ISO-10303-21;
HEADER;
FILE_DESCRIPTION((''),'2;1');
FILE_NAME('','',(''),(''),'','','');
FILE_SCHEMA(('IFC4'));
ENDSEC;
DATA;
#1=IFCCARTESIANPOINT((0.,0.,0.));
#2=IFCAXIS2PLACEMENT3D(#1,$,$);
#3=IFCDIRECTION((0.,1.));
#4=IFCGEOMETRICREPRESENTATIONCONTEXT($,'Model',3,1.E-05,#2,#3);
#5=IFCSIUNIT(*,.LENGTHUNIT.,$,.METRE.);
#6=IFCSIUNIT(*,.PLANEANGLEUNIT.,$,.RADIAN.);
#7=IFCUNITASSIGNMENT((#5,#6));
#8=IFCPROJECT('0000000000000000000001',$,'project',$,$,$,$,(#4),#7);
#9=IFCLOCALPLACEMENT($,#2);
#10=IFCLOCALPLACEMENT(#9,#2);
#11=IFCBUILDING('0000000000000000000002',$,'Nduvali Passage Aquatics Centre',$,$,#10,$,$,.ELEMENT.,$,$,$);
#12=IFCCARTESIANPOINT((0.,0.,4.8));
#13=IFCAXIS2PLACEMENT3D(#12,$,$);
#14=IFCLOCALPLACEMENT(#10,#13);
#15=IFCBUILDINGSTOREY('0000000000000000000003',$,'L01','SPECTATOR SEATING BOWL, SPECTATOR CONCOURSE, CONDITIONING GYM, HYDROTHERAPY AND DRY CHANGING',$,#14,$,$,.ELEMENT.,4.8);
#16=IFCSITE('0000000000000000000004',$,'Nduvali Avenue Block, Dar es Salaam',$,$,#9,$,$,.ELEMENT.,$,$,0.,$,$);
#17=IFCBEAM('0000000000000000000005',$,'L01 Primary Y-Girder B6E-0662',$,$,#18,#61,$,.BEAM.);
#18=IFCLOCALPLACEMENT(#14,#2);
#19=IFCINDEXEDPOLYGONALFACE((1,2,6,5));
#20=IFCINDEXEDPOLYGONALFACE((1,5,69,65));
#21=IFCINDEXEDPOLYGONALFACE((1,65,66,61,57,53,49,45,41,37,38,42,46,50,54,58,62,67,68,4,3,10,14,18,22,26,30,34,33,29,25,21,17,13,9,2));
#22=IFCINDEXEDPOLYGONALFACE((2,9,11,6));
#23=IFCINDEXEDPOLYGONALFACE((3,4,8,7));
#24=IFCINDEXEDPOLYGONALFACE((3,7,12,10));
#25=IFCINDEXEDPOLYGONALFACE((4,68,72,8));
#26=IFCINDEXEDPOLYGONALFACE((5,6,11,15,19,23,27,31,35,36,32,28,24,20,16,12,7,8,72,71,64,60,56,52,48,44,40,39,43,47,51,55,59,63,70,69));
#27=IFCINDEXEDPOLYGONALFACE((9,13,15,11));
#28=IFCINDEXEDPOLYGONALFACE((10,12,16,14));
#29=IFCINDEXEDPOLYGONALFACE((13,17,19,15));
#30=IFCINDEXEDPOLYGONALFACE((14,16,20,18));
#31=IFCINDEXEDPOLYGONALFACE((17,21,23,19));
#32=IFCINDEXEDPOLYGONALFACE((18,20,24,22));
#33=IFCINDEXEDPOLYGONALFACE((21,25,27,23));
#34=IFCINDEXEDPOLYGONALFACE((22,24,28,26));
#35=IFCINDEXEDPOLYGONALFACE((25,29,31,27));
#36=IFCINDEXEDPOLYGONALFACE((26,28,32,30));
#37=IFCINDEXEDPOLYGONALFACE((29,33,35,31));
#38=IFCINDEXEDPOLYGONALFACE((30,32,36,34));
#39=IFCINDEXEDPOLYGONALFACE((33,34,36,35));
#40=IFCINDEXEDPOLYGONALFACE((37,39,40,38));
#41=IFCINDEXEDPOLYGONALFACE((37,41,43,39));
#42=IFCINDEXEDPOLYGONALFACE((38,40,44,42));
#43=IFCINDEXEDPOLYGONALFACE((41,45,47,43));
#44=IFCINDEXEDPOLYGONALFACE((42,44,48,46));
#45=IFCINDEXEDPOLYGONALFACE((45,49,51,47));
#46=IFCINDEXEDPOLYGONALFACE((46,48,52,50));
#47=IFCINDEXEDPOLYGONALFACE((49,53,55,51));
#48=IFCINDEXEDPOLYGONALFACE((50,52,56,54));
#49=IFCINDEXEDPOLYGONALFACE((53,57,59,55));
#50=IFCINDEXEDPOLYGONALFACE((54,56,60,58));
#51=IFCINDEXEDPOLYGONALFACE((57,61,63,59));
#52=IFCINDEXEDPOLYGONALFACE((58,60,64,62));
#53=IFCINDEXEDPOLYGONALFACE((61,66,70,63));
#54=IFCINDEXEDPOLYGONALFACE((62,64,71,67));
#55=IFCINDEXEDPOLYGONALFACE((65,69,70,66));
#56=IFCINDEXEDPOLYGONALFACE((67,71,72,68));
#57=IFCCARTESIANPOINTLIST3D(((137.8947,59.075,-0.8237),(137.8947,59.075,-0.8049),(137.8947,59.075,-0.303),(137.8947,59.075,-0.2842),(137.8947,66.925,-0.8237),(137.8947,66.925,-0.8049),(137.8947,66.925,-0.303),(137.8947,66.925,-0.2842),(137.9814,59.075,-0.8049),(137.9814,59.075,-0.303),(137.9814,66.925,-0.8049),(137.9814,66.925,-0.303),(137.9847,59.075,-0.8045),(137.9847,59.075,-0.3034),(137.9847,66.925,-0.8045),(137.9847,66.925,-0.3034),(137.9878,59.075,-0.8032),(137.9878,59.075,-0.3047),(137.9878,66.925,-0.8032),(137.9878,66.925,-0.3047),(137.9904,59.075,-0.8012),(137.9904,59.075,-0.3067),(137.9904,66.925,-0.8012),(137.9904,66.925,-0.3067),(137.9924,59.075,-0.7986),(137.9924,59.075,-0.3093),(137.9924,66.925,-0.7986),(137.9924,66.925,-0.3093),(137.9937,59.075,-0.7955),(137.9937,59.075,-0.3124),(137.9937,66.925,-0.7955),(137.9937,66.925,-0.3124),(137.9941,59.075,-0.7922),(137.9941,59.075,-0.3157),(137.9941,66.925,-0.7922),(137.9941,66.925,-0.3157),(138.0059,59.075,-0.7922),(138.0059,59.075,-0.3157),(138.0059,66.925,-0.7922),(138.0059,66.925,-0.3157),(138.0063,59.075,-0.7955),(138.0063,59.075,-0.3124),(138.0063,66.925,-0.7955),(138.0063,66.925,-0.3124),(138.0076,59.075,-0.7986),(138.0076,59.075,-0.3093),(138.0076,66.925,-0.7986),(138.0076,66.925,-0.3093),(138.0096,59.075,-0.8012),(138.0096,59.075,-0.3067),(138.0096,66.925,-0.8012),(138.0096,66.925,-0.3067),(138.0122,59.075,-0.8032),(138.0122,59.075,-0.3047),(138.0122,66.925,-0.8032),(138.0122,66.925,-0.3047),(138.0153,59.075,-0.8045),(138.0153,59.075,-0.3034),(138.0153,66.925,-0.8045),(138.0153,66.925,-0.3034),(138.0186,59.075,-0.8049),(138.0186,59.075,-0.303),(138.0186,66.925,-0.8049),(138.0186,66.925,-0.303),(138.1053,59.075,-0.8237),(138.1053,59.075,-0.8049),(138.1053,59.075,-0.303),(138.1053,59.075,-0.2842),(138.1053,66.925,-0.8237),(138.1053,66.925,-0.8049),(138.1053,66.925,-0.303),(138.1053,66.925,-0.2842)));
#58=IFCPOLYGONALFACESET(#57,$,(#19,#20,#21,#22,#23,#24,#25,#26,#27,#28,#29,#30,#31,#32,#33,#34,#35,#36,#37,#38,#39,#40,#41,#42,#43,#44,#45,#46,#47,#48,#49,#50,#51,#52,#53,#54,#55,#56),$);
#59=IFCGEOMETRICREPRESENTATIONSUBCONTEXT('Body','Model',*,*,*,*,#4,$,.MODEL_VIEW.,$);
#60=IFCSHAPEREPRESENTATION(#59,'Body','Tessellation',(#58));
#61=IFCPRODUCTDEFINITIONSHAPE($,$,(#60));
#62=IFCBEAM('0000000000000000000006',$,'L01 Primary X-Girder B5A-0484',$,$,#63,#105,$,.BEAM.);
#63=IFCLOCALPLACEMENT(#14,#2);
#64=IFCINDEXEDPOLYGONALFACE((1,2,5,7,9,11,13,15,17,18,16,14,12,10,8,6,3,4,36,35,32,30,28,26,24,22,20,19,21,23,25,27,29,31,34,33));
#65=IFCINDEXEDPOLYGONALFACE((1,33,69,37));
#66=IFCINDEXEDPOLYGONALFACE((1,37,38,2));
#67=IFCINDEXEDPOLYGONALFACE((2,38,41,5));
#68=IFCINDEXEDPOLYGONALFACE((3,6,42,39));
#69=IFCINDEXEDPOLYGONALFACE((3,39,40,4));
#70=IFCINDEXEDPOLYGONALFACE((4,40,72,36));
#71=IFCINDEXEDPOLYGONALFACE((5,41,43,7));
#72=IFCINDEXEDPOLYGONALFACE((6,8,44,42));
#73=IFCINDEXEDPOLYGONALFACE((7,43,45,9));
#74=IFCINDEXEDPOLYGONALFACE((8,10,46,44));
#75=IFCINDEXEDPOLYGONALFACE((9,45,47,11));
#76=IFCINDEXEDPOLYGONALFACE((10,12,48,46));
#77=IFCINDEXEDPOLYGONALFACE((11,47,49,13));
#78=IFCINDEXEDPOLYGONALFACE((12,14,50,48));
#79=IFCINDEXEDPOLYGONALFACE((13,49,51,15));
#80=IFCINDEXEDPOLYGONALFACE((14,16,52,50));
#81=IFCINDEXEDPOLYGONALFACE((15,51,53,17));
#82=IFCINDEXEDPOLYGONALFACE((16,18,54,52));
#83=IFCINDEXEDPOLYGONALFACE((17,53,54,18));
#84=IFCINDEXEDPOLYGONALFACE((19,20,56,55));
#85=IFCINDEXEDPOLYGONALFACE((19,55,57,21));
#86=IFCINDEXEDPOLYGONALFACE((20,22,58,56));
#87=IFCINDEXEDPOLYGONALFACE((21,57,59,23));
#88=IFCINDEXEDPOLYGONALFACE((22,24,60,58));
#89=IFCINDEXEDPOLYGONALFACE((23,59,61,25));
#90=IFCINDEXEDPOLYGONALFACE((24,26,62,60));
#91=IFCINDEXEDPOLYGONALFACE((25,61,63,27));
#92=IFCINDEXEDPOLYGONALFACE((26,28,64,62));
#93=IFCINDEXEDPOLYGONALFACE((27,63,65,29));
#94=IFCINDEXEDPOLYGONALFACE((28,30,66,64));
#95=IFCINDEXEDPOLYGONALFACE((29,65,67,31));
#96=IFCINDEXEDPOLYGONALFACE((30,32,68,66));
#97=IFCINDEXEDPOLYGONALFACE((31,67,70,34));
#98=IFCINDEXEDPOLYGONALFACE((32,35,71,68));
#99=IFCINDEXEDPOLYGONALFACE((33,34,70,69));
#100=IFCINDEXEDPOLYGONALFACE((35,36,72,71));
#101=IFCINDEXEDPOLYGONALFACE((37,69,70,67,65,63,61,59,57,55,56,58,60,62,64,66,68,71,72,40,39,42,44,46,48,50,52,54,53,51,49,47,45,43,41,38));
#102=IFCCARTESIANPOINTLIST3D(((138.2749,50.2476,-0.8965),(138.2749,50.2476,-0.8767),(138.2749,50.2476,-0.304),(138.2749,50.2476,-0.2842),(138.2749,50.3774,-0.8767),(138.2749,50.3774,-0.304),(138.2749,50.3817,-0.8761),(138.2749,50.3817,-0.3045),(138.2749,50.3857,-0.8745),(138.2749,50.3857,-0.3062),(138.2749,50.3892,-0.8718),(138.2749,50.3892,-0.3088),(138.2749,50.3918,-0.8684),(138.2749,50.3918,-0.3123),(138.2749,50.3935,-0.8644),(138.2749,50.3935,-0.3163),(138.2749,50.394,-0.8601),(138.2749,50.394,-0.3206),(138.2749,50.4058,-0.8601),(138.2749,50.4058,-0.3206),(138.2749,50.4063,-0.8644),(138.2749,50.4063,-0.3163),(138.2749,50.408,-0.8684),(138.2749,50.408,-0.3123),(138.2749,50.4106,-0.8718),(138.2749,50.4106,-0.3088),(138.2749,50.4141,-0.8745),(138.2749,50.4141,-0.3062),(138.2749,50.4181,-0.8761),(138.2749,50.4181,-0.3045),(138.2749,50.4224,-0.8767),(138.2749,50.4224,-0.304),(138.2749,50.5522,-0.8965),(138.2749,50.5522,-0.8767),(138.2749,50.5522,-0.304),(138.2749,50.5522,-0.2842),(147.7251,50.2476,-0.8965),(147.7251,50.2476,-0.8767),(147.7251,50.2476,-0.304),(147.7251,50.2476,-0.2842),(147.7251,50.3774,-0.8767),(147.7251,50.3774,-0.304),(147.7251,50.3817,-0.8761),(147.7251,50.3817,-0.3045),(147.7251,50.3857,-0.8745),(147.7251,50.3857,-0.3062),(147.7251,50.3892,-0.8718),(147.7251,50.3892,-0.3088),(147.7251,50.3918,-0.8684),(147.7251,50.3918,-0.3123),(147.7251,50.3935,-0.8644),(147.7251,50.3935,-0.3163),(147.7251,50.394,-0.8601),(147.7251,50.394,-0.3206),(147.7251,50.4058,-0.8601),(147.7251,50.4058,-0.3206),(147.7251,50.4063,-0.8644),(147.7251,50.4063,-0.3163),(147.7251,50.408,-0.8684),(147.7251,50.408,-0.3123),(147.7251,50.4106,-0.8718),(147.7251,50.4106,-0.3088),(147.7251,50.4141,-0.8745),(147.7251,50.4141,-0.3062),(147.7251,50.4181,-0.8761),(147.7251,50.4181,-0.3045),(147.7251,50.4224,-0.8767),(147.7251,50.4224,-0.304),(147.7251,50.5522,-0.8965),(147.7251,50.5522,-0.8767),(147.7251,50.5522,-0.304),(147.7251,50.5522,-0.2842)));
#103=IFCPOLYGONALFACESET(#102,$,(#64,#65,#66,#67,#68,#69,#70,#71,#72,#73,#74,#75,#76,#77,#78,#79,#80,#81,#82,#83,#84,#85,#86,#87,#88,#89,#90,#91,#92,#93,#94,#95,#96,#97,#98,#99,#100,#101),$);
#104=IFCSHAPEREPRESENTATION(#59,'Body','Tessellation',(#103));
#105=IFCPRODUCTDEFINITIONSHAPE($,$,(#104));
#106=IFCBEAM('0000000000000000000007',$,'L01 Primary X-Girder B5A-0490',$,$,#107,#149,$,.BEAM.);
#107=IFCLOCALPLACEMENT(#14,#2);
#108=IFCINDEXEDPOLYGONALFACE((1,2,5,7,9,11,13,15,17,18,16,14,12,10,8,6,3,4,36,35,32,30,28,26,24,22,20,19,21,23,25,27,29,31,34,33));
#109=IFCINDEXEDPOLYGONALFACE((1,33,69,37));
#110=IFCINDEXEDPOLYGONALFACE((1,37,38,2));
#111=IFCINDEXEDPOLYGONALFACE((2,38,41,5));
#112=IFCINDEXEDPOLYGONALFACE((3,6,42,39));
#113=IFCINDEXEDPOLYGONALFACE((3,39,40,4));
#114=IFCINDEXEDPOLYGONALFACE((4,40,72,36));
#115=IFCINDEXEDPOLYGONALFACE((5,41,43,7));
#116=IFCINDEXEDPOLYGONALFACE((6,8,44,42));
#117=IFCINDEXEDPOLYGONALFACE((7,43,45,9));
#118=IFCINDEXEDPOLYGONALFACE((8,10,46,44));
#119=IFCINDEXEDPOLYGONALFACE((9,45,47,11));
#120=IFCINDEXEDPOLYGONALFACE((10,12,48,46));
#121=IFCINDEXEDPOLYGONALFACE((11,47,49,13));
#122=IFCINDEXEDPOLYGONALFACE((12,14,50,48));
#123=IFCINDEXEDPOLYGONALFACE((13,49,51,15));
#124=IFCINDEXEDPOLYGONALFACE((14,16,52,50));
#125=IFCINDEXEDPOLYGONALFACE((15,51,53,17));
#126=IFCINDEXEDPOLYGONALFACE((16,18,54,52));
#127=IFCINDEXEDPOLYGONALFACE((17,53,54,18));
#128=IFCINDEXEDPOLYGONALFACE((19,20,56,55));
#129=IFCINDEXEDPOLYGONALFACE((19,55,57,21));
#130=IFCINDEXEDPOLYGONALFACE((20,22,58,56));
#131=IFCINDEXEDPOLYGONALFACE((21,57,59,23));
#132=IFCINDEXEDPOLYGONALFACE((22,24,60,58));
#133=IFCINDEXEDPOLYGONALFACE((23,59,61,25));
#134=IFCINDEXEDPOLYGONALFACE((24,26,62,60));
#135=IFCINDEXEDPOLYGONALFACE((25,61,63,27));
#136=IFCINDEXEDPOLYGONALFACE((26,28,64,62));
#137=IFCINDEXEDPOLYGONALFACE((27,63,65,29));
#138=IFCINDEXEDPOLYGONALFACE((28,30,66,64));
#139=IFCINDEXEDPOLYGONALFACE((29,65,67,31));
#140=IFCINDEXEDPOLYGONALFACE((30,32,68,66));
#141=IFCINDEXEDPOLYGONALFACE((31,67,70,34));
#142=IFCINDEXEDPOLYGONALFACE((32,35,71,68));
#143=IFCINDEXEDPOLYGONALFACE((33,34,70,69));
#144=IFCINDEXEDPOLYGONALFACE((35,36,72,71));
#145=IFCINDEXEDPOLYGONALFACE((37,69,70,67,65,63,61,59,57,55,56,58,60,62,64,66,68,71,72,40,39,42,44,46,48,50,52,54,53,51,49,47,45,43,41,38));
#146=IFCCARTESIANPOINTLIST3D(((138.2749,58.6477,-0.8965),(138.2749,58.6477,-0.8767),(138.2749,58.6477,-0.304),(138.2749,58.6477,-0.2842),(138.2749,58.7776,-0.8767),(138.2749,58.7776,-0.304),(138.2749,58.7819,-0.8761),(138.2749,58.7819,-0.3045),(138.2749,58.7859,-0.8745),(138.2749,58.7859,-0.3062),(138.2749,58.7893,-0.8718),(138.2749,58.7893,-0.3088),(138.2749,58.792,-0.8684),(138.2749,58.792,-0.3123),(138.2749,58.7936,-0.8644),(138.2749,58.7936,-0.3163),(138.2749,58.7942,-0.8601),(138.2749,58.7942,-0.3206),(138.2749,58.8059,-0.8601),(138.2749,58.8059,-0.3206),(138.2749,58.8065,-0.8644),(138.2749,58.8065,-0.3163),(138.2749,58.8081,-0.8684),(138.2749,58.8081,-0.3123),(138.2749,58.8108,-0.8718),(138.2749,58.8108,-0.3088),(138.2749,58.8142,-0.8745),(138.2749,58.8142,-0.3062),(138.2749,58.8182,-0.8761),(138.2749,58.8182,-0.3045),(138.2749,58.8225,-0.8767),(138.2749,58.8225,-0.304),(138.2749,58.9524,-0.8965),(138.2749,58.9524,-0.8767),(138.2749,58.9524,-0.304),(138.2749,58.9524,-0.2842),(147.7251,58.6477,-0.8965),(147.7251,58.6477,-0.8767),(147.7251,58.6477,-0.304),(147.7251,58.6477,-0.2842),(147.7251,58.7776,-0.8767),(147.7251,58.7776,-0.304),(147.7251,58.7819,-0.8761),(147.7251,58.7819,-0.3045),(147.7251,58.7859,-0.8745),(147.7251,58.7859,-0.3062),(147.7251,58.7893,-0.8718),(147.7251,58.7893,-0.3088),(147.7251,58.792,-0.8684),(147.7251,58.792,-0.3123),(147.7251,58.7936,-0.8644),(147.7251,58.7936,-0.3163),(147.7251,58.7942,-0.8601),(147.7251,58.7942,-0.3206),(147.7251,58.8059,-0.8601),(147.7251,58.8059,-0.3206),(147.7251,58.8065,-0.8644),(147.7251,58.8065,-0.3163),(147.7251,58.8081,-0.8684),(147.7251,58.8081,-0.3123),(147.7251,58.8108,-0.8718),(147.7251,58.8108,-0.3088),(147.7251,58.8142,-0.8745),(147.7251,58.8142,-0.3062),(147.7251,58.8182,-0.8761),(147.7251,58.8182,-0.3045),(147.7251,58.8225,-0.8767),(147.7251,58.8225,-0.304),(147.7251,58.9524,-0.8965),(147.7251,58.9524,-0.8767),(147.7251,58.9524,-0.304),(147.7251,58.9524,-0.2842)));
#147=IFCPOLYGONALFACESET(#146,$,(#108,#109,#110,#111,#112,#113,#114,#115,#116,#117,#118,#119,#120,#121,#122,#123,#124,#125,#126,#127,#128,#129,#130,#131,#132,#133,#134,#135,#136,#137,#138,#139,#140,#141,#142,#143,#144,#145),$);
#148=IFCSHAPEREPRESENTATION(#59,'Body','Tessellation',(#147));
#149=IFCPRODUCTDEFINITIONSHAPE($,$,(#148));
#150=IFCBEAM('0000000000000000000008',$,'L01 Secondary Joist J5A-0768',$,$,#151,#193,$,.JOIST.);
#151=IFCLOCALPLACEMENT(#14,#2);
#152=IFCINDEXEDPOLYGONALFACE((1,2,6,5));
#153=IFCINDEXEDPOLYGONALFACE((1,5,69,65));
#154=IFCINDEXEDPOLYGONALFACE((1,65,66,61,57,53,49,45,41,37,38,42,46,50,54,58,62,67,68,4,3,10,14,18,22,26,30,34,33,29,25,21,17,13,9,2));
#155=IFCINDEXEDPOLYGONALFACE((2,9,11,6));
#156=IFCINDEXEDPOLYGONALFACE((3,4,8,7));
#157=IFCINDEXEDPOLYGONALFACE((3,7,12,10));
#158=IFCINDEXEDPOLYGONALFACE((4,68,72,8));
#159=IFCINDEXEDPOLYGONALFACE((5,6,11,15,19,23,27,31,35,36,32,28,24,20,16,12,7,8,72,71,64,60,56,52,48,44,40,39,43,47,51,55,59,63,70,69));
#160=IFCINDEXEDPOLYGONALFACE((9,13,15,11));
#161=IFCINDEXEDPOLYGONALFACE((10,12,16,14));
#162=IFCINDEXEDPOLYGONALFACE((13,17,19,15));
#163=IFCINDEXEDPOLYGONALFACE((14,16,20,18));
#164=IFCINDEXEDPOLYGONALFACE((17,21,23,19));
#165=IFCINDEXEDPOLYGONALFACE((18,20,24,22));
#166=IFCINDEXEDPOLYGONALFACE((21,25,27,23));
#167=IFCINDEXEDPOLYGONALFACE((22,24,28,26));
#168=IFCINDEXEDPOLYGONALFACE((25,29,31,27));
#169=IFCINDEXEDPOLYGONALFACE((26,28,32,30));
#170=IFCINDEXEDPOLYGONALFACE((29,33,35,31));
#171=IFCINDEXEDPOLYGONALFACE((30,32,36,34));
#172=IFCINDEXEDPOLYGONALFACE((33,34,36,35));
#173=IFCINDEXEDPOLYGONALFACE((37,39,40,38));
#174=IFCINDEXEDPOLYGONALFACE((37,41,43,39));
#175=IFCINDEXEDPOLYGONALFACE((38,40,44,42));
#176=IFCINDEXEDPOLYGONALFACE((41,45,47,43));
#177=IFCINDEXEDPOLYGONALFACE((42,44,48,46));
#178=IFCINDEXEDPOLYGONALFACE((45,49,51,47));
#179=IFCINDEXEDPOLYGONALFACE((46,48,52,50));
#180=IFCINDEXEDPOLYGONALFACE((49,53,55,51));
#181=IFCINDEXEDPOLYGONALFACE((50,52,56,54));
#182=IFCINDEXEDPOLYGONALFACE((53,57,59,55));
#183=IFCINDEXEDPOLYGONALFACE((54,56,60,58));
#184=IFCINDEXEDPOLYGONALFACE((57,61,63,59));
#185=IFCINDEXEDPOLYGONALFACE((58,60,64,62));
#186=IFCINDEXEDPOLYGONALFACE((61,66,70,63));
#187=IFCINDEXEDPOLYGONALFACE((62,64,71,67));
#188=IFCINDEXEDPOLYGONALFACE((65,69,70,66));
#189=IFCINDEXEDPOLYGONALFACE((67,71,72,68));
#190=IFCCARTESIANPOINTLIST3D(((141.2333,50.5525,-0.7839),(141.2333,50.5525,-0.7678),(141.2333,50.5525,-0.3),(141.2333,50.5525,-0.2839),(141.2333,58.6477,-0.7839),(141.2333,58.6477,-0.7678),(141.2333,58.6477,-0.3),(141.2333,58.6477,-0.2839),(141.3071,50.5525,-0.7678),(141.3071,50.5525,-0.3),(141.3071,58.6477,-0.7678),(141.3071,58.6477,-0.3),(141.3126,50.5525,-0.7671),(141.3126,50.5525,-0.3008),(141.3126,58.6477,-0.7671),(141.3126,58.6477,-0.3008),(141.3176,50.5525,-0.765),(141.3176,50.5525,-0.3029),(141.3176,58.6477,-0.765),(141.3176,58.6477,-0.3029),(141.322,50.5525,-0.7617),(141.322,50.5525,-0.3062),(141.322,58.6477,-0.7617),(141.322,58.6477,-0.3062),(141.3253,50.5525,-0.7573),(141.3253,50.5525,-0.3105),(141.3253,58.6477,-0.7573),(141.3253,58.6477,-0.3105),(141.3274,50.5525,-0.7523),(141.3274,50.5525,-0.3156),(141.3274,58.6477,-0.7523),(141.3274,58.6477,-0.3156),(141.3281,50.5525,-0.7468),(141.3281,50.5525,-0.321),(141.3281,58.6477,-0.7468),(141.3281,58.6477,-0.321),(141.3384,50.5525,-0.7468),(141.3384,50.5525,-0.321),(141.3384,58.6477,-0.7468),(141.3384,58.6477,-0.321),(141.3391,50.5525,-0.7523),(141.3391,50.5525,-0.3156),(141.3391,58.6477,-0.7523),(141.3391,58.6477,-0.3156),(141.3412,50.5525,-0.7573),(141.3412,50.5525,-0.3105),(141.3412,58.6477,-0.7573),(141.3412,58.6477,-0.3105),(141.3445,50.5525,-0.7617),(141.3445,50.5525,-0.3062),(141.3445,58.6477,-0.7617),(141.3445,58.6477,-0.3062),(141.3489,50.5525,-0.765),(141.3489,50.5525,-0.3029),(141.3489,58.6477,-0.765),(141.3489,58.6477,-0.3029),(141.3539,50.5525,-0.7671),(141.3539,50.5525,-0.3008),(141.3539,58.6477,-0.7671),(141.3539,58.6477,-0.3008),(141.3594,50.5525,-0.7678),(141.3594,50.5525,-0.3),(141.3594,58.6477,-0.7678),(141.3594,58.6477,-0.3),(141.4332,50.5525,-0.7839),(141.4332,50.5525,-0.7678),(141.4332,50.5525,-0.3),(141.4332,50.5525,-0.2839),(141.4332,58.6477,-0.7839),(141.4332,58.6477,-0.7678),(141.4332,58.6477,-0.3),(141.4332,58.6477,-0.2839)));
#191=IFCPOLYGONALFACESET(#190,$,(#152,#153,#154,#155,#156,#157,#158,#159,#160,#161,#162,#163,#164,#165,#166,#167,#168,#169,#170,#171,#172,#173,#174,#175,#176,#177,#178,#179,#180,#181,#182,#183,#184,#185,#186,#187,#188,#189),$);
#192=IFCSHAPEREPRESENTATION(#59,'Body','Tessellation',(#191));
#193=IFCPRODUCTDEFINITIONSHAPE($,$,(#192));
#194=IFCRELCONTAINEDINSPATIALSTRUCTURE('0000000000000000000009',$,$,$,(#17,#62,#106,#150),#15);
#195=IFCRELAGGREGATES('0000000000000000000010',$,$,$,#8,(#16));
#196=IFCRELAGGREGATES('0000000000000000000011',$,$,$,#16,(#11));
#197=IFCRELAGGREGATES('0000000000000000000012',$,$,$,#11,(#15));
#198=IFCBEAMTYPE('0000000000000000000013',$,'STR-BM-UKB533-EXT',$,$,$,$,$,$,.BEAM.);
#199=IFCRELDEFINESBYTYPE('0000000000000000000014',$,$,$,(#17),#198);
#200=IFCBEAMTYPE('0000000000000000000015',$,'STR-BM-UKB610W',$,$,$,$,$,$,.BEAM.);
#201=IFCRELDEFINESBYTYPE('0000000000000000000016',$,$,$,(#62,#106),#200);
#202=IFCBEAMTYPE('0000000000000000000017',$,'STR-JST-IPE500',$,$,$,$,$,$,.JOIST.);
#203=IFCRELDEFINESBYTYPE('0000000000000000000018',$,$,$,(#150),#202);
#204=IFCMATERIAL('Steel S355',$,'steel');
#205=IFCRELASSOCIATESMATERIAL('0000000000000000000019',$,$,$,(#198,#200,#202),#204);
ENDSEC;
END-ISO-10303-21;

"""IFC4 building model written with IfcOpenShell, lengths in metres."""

from ifc_helpers import new_model, si_unit, direction, frame, origin, origin_2d, place, context, subcontext, project, spatial, i_section, extrude, material, material_profile, profile_set, type_object, element, save


model = new_model("IFC4")

# Units and contexts
model_context = context("Model", 3, precision=1e-05, world=origin(), true_north=direction((0.0, 1.0)))
body_context = subcontext(model_context, "Body", "Model", "MODEL_VIEW")
ifc_project = project(units=[si_unit("LENGTHUNIT", "METRE"), si_unit("PLANEANGLEUNIT", "RADIAN")], contexts=[model_context])

# Site, building, storey
site_placement = place(None, origin())
site = spatial("IfcSite", under=ifc_project, at=site_placement, Name="Nduvali Avenue Block, Dar es Salaam", CompositionType="ELEMENT", RefElevation=0.0)
building_placement = place(site_placement, origin())
building = spatial("IfcBuilding", under=site, at=building_placement, Name="Nduvali Passage Aquatics Centre", CompositionType="ELEMENT")
storey_placement = place(building_placement, frame((0.0, 0.0, 4.8)))
storey = spatial("IfcBuildingStorey", under=building, at=storey_placement, Name="L01", Description="SPECTATOR SEATING BOWL, SPECTATOR CONCOURSE, CONDITIONING GYM, HYDROTHERAPY AND DRY CHANGING", CompositionType="ELEMENT", Elevation=4.8)

# Shared definitions
ifc_material_1 = material(Name="Steel S355", Category="steel")

# Beams
ifc_material_profile_1 = material_profile(ifc_material_1, i_section(OverallWidth=0.2107, OverallDepth=0.5396, WebThickness=0.0117, FlangeThickness=0.0188, FilletRadius=0.0127, at=origin_2d()), Name="UKB 533x210x109")
ifc_profile_set_1 = profile_set([ifc_material_profile_1], Name="Steel S355")
beam_type_1 = type_object("IfcBeamType", Name="STR-BM-UKB533-EXT", PredefinedType="BEAM", material=ifc_profile_set_1)
beam_1_placement = place(storey_placement, frame((138.0, 59.075, -0.554), z_axis=(0.0, 1.0, 0.0), x_axis=(-1.0, 0.0, 0.0)))
element("IfcBeam", 1, at=beam_1_placement, inside=storey, type_object=beam_type_1, Name="L01 Primary Y-Girder B6E-0662", PredefinedType="BEAM", context=body_context, shape_type="SweptSolid", body=[
    extrude(i_section(OverallWidth=0.2107, OverallDepth=0.5396, WebThickness=0.0117, FlangeThickness=0.0188, FilletRadius=0.0127, at=origin_2d()), origin(), (0.0, 0.0, 1.0), 7.8501),
])
ifc_material_profile_2 = material_profile(ifc_material_1, i_section(OverallWidth=0.3047, OverallDepth=0.6123, WebThickness=0.0117, FlangeThickness=0.0198, FilletRadius=0.0166, at=origin_2d()), Name="UKB 610x305x149")
ifc_profile_set_2 = profile_set([ifc_material_profile_2], Name="Steel S355")
beam_type_2 = type_object("IfcBeamType", Name="STR-BM-UKB610W", PredefinedType="BEAM", material=ifc_profile_set_2)
for number, where, z_axis, x_axis, name in (
    (2, (138.2749, 50.3999, -0.5903), (1.0, 0.0, 0.0), (0.0, 1.0, 0.0), "L01 Primary X-Girder B5A-0484"),
    (3, (138.2749, 58.8, -0.5903), (1.0, 0.0, 0.0), (0.0, 1.0, 0.0), "L01 Primary X-Girder B5A-0490"),
):
    element("IfcBeam", number, at=place(storey_placement, frame(where, z_axis=z_axis, x_axis=x_axis)), inside=storey, type_object=beam_type_2, Name=name, PredefinedType="BEAM", context=body_context, shape_type="SweptSolid", body=[
        extrude(i_section(OverallWidth=0.3047, OverallDepth=0.6123, WebThickness=0.0117, FlangeThickness=0.0198, FilletRadius=0.0166, at=origin_2d()), origin(), (0.0, 0.0, 1.0), 9.4502),
    ])
ifc_material_profile_3 = material_profile(ifc_material_1, i_section(OverallWidth=0.2, OverallDepth=0.5, WebThickness=0.0103, FlangeThickness=0.0161, FilletRadius=0.021, at=origin_2d()), Name="IPE 500")
ifc_profile_set_3 = profile_set([ifc_material_profile_3], Name="Steel S355")
beam_type_3 = type_object("IfcBeamType", Name="STR-JST-IPE500", PredefinedType="JOIST", material=ifc_profile_set_3)
for number, where, z_axis, x_axis, name in (
    (4, (141.3333, 50.5525, -0.5339), (0.0, 1.0, 0.0), (-1.0, 0.0, 0.0), "L01 Secondary Joist J5A-0768"),
):
    element("IfcBeam", number, at=place(storey_placement, frame(where, z_axis=z_axis, x_axis=x_axis)), inside=storey, type_object=beam_type_3, Name=name, PredefinedType="JOIST", context=body_context, shape_type="SweptSolid", body=[
        extrude(i_section(OverallWidth=0.2, OverallDepth=0.5, WebThickness=0.0103, FlangeThickness=0.0161, FilletRadius=0.021, at=origin_2d()), origin(), (0.0, 0.0, 1.0), 8.0952),
    ])

save(model, "model.ifc")
